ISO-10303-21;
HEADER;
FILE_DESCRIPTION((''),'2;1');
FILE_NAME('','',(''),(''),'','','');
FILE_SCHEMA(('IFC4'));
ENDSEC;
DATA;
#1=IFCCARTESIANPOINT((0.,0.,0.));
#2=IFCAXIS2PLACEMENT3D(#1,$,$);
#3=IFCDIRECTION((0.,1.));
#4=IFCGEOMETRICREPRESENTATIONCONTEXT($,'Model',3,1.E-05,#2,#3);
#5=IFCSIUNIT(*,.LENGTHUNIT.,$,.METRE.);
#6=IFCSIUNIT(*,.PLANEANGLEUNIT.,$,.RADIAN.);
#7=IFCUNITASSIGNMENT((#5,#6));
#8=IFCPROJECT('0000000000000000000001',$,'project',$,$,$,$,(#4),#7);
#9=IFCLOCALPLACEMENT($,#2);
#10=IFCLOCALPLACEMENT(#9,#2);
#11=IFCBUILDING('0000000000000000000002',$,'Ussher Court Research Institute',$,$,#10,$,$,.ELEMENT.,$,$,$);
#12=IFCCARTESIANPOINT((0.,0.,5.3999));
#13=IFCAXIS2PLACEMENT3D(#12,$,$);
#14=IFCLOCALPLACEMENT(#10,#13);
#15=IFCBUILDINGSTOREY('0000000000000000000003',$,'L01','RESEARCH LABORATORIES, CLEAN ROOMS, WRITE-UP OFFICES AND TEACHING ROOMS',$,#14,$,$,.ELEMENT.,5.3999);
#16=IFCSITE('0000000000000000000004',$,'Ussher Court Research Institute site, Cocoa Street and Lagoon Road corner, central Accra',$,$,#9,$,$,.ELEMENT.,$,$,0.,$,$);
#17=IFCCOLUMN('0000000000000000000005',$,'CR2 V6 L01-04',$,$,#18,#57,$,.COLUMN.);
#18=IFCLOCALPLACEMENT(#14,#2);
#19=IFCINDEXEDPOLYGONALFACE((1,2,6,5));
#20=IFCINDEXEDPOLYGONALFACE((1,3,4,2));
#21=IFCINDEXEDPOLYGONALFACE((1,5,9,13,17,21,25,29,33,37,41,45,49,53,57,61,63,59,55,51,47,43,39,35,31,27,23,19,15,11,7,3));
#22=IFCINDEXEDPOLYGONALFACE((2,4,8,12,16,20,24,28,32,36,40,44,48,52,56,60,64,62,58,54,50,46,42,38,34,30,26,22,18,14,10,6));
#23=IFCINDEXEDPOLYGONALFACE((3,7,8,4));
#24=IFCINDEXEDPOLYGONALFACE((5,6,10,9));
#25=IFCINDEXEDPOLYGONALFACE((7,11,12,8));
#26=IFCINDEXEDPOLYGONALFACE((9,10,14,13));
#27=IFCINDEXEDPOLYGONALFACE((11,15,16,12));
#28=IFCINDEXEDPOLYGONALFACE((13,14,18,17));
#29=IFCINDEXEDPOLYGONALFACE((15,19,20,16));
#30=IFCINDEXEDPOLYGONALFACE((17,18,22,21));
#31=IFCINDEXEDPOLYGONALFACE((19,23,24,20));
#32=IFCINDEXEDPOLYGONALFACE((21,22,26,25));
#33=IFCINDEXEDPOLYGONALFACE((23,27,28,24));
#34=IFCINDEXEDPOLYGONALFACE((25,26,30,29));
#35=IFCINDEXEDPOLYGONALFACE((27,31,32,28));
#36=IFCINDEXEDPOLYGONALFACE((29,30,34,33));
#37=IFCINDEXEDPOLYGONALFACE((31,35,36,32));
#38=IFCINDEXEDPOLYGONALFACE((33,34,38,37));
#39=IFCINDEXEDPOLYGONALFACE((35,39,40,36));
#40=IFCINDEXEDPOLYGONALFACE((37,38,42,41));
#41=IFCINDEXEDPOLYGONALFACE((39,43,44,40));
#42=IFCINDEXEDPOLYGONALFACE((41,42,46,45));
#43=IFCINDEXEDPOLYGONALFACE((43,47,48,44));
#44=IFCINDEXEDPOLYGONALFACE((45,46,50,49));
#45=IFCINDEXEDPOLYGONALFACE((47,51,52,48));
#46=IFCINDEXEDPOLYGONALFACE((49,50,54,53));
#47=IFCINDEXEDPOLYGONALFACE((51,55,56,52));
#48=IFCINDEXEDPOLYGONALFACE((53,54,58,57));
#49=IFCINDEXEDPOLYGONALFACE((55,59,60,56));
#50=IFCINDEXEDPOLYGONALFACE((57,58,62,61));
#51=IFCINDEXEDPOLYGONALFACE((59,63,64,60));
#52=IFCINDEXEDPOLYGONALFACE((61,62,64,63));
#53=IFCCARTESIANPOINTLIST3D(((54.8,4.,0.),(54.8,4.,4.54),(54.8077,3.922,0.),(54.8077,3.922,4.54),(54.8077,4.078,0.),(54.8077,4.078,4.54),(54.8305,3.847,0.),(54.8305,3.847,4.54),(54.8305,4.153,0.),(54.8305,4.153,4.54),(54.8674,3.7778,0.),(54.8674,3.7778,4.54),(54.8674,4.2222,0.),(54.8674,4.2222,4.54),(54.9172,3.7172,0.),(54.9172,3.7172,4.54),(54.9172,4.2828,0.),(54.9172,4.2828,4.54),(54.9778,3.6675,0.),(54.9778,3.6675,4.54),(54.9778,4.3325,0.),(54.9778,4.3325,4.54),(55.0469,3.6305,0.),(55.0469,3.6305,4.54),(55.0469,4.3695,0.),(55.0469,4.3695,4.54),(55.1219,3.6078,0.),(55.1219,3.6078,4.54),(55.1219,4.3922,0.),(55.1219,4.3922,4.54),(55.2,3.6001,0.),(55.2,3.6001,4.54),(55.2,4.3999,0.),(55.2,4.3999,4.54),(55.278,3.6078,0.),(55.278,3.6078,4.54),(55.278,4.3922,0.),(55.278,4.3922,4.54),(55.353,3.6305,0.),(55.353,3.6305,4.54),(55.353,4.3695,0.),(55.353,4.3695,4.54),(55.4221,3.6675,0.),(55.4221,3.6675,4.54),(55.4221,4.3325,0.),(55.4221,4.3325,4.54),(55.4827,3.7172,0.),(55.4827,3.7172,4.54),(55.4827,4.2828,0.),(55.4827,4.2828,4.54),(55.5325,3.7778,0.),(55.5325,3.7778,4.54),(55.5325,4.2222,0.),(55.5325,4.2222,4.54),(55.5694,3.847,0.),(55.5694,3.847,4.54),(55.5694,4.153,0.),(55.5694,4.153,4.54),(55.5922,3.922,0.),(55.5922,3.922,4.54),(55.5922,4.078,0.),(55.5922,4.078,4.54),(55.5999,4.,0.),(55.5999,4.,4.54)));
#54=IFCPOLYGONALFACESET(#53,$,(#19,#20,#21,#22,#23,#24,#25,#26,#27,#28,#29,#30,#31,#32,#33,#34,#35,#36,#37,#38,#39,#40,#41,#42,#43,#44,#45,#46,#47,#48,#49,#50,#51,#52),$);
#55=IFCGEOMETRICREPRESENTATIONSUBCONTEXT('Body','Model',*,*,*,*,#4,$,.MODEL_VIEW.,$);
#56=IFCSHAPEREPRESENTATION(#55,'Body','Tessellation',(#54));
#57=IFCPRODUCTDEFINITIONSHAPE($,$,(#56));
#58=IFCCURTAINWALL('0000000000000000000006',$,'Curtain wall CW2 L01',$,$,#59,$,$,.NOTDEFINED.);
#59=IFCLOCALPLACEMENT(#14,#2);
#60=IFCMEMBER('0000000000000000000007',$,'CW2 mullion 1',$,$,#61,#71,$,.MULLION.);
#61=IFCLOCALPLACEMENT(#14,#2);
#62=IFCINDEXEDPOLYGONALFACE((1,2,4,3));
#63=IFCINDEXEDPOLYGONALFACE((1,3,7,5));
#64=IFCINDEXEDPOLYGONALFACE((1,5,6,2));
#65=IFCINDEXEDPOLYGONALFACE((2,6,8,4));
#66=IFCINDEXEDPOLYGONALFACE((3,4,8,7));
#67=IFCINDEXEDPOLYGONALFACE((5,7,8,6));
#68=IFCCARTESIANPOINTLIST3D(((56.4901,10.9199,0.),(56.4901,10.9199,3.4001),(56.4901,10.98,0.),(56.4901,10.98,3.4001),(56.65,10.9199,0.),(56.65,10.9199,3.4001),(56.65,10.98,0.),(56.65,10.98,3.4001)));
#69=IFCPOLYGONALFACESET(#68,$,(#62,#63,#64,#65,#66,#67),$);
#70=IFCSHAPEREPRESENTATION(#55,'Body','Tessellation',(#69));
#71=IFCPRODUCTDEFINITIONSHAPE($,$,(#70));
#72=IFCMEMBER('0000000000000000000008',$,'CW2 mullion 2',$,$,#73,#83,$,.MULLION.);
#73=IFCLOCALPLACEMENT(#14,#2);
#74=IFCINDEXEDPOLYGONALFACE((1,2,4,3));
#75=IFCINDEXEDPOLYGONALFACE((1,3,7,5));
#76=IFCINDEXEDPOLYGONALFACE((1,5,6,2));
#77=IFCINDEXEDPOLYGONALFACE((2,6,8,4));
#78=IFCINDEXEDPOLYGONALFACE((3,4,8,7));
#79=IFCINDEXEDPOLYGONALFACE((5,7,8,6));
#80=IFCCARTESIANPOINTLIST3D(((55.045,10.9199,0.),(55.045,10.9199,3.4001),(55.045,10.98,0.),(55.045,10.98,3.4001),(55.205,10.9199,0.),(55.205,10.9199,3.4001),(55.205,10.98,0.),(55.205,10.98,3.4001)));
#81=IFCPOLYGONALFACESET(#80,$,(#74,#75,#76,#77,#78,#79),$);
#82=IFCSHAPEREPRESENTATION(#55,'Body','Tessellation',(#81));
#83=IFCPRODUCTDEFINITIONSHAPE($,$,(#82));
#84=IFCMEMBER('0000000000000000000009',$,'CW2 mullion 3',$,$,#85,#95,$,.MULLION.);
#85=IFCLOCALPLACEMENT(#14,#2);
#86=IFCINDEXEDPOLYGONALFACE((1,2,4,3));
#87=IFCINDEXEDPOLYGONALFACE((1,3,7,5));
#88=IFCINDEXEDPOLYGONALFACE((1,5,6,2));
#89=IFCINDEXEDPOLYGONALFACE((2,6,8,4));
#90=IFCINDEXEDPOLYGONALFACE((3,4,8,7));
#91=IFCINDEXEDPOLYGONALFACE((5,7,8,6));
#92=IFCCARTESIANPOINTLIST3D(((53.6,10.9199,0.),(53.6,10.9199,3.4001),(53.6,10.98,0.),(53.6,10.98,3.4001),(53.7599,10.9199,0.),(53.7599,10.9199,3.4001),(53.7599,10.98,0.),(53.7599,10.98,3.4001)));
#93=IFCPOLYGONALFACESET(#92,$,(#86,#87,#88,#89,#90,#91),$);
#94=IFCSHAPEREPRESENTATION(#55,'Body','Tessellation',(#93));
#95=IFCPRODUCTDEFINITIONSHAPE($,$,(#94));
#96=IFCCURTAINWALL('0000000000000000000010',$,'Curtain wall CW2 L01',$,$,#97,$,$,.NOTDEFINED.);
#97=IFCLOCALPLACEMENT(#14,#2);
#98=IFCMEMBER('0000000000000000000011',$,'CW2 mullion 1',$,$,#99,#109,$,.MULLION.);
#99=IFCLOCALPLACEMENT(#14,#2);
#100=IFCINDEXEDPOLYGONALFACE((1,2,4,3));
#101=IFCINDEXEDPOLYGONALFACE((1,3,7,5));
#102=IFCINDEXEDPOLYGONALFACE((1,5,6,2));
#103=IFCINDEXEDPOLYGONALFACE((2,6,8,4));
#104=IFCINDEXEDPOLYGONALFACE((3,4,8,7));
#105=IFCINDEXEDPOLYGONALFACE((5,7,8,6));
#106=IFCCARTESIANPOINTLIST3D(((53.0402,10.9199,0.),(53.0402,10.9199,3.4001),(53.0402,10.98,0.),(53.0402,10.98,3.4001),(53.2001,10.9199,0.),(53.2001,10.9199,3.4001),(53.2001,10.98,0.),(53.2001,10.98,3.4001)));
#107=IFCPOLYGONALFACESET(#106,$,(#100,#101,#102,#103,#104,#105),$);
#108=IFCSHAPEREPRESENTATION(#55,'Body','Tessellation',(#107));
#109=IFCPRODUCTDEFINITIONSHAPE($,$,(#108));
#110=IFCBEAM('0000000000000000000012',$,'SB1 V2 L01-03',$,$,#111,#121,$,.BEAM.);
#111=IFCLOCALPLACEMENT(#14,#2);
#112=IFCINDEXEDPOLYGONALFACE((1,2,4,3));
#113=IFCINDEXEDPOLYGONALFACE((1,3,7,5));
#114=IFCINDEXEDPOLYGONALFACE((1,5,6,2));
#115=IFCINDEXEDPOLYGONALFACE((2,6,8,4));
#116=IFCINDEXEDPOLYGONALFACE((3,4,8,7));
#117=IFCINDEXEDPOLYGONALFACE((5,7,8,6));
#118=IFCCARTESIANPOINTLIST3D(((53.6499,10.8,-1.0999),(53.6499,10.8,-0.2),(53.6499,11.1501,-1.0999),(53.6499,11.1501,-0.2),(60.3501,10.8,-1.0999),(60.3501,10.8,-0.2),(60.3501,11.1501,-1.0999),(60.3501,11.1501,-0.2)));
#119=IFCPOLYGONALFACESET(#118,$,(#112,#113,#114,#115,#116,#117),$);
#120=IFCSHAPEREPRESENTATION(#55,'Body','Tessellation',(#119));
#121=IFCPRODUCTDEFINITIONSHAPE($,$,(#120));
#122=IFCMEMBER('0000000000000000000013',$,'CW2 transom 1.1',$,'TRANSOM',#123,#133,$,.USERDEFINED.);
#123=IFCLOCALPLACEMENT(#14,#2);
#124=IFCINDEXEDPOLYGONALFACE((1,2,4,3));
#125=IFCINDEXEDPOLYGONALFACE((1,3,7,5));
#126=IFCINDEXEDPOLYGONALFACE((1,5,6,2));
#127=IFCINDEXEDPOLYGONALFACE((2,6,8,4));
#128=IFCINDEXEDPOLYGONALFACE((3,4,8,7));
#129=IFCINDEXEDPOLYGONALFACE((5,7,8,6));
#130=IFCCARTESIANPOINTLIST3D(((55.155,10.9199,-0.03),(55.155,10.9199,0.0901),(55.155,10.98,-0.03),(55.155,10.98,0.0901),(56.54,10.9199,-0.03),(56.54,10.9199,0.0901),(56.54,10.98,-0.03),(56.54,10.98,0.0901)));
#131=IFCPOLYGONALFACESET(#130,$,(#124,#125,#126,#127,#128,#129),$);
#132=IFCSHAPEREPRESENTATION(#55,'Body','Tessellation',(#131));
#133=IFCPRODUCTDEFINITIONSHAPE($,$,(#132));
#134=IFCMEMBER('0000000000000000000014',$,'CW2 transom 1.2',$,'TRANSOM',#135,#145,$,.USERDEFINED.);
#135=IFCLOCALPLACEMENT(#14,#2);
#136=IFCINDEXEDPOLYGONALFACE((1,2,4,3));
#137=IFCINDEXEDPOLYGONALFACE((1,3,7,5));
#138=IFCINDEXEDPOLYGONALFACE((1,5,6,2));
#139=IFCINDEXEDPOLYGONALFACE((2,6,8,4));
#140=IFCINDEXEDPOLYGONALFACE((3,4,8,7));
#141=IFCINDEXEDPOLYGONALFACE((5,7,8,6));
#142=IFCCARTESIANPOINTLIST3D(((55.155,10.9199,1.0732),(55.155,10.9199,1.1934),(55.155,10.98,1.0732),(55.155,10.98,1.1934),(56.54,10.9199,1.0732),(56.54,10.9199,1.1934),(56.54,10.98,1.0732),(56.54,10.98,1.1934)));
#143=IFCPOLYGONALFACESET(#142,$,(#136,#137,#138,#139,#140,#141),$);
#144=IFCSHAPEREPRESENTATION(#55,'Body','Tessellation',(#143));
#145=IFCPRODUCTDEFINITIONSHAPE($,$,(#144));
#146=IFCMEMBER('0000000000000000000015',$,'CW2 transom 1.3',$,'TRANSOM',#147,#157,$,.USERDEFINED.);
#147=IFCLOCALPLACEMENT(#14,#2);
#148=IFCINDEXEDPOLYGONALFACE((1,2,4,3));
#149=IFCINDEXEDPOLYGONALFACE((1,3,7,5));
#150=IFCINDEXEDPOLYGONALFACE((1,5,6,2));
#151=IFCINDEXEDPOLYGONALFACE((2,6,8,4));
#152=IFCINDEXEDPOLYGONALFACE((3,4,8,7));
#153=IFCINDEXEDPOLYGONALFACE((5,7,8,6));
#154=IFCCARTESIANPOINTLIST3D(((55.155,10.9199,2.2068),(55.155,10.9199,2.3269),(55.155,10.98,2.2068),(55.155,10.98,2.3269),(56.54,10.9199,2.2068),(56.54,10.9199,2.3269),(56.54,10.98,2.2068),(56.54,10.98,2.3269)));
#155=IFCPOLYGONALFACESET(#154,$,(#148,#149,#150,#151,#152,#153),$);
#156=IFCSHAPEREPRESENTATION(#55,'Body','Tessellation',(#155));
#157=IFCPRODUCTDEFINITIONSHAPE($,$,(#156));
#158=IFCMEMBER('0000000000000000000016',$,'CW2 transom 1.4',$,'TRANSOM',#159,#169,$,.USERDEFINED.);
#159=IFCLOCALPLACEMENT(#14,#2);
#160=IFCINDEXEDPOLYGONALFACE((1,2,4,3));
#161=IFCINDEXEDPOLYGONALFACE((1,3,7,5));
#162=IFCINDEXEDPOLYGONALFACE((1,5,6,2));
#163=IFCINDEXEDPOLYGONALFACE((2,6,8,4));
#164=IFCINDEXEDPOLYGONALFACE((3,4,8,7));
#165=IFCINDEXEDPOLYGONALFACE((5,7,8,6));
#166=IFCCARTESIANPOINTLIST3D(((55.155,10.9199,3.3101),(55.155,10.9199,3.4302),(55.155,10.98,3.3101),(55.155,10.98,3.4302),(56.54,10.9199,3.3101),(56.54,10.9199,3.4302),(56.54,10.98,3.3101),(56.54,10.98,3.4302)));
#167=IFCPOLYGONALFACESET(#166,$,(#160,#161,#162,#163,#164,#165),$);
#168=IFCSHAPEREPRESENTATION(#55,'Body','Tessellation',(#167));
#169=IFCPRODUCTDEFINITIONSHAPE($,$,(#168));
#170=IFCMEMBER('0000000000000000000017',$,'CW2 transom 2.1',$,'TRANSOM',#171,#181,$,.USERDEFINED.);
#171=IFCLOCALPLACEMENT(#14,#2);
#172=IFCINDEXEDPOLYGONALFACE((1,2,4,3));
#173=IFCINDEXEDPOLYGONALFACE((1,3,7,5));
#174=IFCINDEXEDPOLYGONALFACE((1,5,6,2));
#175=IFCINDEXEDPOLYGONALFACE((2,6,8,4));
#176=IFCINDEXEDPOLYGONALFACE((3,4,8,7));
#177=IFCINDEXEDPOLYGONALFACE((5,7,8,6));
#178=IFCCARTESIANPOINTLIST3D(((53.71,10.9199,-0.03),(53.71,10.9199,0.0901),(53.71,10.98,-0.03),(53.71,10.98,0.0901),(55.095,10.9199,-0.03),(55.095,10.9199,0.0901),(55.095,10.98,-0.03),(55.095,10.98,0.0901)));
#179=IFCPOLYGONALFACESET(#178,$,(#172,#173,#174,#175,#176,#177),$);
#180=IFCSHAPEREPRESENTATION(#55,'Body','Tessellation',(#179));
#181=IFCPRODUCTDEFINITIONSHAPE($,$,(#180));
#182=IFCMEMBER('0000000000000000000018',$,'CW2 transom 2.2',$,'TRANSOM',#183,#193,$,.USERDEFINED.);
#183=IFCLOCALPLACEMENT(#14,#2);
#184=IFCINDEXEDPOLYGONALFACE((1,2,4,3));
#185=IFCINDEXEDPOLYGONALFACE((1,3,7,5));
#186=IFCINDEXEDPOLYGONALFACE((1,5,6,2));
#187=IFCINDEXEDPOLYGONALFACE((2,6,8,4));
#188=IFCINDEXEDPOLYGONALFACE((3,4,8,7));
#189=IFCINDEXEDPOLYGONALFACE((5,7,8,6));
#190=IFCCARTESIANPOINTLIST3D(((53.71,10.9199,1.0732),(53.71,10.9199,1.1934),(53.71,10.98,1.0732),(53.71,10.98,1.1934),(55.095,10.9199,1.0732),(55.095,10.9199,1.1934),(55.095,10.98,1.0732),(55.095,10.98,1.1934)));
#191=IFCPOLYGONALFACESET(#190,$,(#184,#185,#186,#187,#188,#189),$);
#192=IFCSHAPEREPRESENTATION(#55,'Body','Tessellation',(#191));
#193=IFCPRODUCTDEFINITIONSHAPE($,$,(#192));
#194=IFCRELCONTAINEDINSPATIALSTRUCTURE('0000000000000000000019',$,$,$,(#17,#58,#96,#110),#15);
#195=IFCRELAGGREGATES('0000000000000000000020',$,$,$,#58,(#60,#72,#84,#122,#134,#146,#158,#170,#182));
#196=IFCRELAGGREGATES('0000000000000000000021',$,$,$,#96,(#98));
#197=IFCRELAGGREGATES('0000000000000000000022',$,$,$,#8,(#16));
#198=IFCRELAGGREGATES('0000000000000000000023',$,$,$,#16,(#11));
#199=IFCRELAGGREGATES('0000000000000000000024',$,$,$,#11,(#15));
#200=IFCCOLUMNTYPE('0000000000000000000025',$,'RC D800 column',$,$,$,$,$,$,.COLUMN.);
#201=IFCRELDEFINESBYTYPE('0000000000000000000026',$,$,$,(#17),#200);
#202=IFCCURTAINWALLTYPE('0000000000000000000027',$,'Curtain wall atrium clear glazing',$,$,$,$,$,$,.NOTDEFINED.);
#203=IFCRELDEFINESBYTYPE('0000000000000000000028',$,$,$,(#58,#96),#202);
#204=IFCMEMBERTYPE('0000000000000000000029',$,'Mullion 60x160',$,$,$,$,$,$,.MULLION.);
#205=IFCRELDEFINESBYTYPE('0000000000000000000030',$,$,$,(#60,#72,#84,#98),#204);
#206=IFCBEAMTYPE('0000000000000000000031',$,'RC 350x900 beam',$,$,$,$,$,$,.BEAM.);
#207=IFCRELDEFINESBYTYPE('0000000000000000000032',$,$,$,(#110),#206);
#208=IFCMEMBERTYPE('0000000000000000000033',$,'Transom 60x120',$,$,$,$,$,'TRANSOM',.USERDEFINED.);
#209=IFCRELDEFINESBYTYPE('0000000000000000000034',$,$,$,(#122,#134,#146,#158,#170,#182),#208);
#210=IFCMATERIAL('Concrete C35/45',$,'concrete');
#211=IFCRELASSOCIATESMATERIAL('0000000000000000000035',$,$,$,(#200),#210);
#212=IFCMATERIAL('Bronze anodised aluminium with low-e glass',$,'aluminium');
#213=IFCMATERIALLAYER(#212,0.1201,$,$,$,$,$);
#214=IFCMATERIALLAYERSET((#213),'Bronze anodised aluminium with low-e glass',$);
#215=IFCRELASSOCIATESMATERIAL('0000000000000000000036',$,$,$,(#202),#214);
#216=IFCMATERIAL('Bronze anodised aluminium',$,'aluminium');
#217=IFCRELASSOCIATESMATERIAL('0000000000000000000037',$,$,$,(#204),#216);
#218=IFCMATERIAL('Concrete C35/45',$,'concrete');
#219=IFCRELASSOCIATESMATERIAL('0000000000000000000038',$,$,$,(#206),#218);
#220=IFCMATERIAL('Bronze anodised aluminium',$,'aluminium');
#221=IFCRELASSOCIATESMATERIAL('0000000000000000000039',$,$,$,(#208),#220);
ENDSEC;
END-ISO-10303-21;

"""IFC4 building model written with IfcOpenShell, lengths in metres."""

from ifc_helpers import new_model, si_unit, direction, frame, origin, origin_2d, place, context, subcontext, project, spatial, rectangle, circle, extrude, material, layer, layer_set, material_profile, profile_set, type_object, element, aggregate, save


model = new_model("IFC4")

# Units and contexts
model_context = context("Model", 3, precision=1e-05, world=origin(), true_north=direction((0.0, 1.0)))
body_context = subcontext(model_context, "Body", "Model", "MODEL_VIEW")
ifc_project = project(units=[si_unit("LENGTHUNIT", "METRE"), si_unit("PLANEANGLEUNIT", "RADIAN")], contexts=[model_context])

# Site, building, storey
site_placement = place(None, origin())
site = spatial("IfcSite", under=ifc_project, at=site_placement, Name="Ussher Court Research Institute site, Cocoa Street and Lagoon Road corner, central Accra", CompositionType="ELEMENT", RefElevation=0.0)
building_placement = place(site_placement, origin())
building = spatial("IfcBuilding", under=site, at=building_placement, Name="Ussher Court Research Institute", CompositionType="ELEMENT")
storey_placement = place(building_placement, frame((0.0, 0.0, 5.3999)))
storey = spatial("IfcBuildingStorey", under=building, at=storey_placement, Name="L01", Description="RESEARCH LABORATORIES, CLEAN ROOMS, WRITE-UP OFFICES AND TEACHING ROOMS", CompositionType="ELEMENT", Elevation=5.3999)

# Column
ifc_material_1 = material(Name="Concrete C35/45", Category="concrete")
ifc_material_profile_1 = material_profile(ifc_material_1, circle(Radius=0.3999, at=origin_2d()), Name="RC D800")
ifc_profile_set_1 = profile_set([ifc_material_profile_1], Name="Concrete C35/45")
column_type = type_object("IfcColumnType", Name="RC D800 column", PredefinedType="COLUMN", material=ifc_profile_set_1)
column_placement = place(storey_placement, frame((55.2, 4.0, 0.0), z_axis=(0.0, 0.0, 1.0), x_axis=(1.0, 0.0, 0.0)))
element("IfcColumn", 1, at=column_placement, inside=storey, type_object=column_type, Name="CR2 V6 L01-04", PredefinedType="COLUMN", context=body_context, shape_type="SweptSolid", body=[
    extrude(circle(Radius=0.3999, at=origin_2d()), origin(), (0.0, 0.0, 1.0), 4.54),
])

# Curtain wall, members
ifc_material_2 = material(Name="Bronze anodised aluminium with low-e glass", Category="aluminium")
ifc_layer_1 = layer(ifc_material_2, 0.1201)
ifc_layer_set_1 = layer_set([ifc_layer_1], Name="Bronze anodised aluminium with low-e glass")
curtain_wall_type = type_object("IfcCurtainWallType", Name="Curtain wall atrium clear glazing", PredefinedType="NOTDEFINED", material=ifc_layer_set_1)
curtain_wall_1_placement = place(storey_placement, origin())
curtain_wall_1 = element("IfcCurtainWall", 2, at=curtain_wall_1_placement, inside=storey, type_object=curtain_wall_type, Name="Curtain wall CW2 L01", PredefinedType="NOTDEFINED")
ifc_material_3 = material(Name="Bronze anodised aluminium", Category="aluminium")
ifc_material_profile_2 = material_profile(ifc_material_3, rectangle(XDim=0.0601, YDim=0.1599, at=origin_2d()), Name="Mullion 60x160")
ifc_profile_set_2 = profile_set([ifc_material_profile_2], Name="Bronze anodised aluminium")
member_type_1 = type_object("IfcMemberType", Name="Mullion 60x160", PredefinedType="MULLION", material=ifc_profile_set_2)
member_1_placement = place(storey_placement, frame((56.5701, 10.95, 0.0), z_axis=(0.0, 0.0, 1.0), x_axis=(0.0, -1.0, 0.0)))
member_1 = element("IfcMember", 3, at=member_1_placement, type_object=member_type_1, Name="CW2 mullion 1", PredefinedType="MULLION", context=body_context, shape_type="SweptSolid", body=[
    extrude(rectangle(XDim=0.0601, YDim=0.1599, at=origin_2d()), origin(), (0.0, 0.0, 1.0), 3.4001),
])
member_2_placement = place(storey_placement, frame((55.125, 10.95, 0.0), z_axis=(0.0, 0.0, 1.0), x_axis=(0.0, -1.0, 0.0)))
member_2 = element("IfcMember", 4, at=member_2_placement, type_object=member_type_1, Name="CW2 mullion 2", PredefinedType="MULLION", context=body_context, shape_type="SweptSolid", body=[
    extrude(rectangle(XDim=0.0601, YDim=0.1599, at=origin_2d()), origin(), (0.0, 0.0, 1.0), 3.4001),
])
member_3_placement = place(storey_placement, frame((53.6799, 10.95, 0.0), z_axis=(0.0, 0.0, 1.0), x_axis=(0.0, -1.0, 0.0)))
member_3 = element("IfcMember", 5, at=member_3_placement, type_object=member_type_1, Name="CW2 mullion 3", PredefinedType="MULLION", context=body_context, shape_type="SweptSolid", body=[
    extrude(rectangle(XDim=0.0601, YDim=0.1599, at=origin_2d()), origin(), (0.0, 0.0, 1.0), 3.4001),
])

# Curtain wall, member
curtain_wall_2_placement = place(storey_placement, origin())
curtain_wall_2 = element("IfcCurtainWall", 6, at=curtain_wall_2_placement, inside=storey, type_object=curtain_wall_type, Name="Curtain wall CW2 L01", PredefinedType="NOTDEFINED")
member_4_placement = place(storey_placement, frame((53.1201, 10.95, 0.0), z_axis=(0.0, 0.0, 1.0), x_axis=(0.0, -1.0, 0.0)))
member_4 = element("IfcMember", 7, at=member_4_placement, type_object=member_type_1, Name="CW2 mullion 1", PredefinedType="MULLION", context=body_context, shape_type="SweptSolid", body=[
    extrude(rectangle(XDim=0.0601, YDim=0.1599, at=origin_2d()), origin(), (0.0, 0.0, 1.0), 3.4001),
])

# Beam
ifc_material_4 = material(Name="Concrete C35/45", Category="concrete")
ifc_material_profile_3 = material_profile(ifc_material_4, rectangle(XDim=0.3501, YDim=0.8999, at=origin_2d()), Name="RC 350x900")
ifc_profile_set_3 = profile_set([ifc_material_profile_3], Name="Concrete C35/45")
beam_type = type_object("IfcBeamType", Name="RC 350x900 beam", PredefinedType="BEAM", material=ifc_profile_set_3)
beam_placement = place(storey_placement, frame((53.6499, 10.9751, -0.6499), z_axis=(1.0, 0.0, 0.0), x_axis=(0.0, 1.0, 0.0)))
element("IfcBeam", 8, at=beam_placement, inside=storey, type_object=beam_type, Name="SB1 V2 L01-03", PredefinedType="BEAM", context=body_context, shape_type="SweptSolid", body=[
    extrude(rectangle(XDim=0.3501, YDim=0.8999, at=origin_2d()), origin(), (0.0, 0.0, 1.0), 6.7002),
])

# Members
ifc_material_5 = material(Name="Bronze anodised aluminium", Category="aluminium")
ifc_material_profile_4 = material_profile(ifc_material_5, rectangle(XDim=0.0601, YDim=0.1201, at=origin_2d()), Name="Transom 60x120")
ifc_profile_set_4 = profile_set([ifc_material_profile_4], Name="Bronze anodised aluminium")
member_type_2 = type_object("IfcMemberType", Name="Transom 60x120", ElementType="TRANSOM", PredefinedType="USERDEFINED", material=ifc_profile_set_4)
member_5_placement = place(storey_placement, frame((56.54, 10.95, 0.03), z_axis=(-1.0, 0.0, 0.0), x_axis=(0.0, -1.0, 0.0)))
member_5 = element("IfcMember", 9, at=member_5_placement, type_object=member_type_2, Name="CW2 transom 1.1", ObjectType="TRANSOM", PredefinedType="USERDEFINED", context=body_context, shape_type="SweptSolid", body=[
    extrude(rectangle(XDim=0.0601, YDim=0.1201, at=origin_2d()), origin(), (0.0, 0.0, 1.0), 1.385),
])
member_6_placement = place(storey_placement, frame((56.54, 10.95, 1.1333), z_axis=(-1.0, 0.0, 0.0), x_axis=(0.0, -1.0, 0.0)))
member_6 = element("IfcMember", 10, at=member_6_placement, type_object=member_type_2, Name="CW2 transom 1.2", ObjectType="TRANSOM", PredefinedType="USERDEFINED", context=body_context, shape_type="SweptSolid", body=[
    extrude(rectangle(XDim=0.0601, YDim=0.1201, at=origin_2d()), origin(), (0.0, 0.0, 1.0), 1.385),
])
member_7_placement = place(storey_placement, frame((56.54, 10.95, 2.2668), z_axis=(-1.0, 0.0, 0.0), x_axis=(0.0, -1.0, 0.0)))
member_7 = element("IfcMember", 11, at=member_7_placement, type_object=member_type_2, Name="CW2 transom 1.3", ObjectType="TRANSOM", PredefinedType="USERDEFINED", context=body_context, shape_type="SweptSolid", body=[
    extrude(rectangle(XDim=0.0601, YDim=0.1201, at=origin_2d()), origin(), (0.0, 0.0, 1.0), 1.385),
])
member_8_placement = place(storey_placement, frame((56.54, 10.95, 3.3701), z_axis=(-1.0, 0.0, 0.0), x_axis=(0.0, -1.0, 0.0)))
member_8 = element("IfcMember", 12, at=member_8_placement, type_object=member_type_2, Name="CW2 transom 1.4", ObjectType="TRANSOM", PredefinedType="USERDEFINED", context=body_context, shape_type="SweptSolid", body=[
    extrude(rectangle(XDim=0.0601, YDim=0.1201, at=origin_2d()), origin(), (0.0, 0.0, 1.0), 1.385),
])
member_9_placement = place(storey_placement, frame((55.095, 10.95, 0.03), z_axis=(-1.0, 0.0, 0.0), x_axis=(0.0, -1.0, 0.0)))
member_9 = element("IfcMember", 13, at=member_9_placement, type_object=member_type_2, Name="CW2 transom 2.1", ObjectType="TRANSOM", PredefinedType="USERDEFINED", context=body_context, shape_type="SweptSolid", body=[
    extrude(rectangle(XDim=0.0601, YDim=0.1201, at=origin_2d()), origin(), (0.0, 0.0, 1.0), 1.385),
])
member_10_placement = place(storey_placement, frame((55.095, 10.95, 1.1333), z_axis=(-1.0, 0.0, 0.0), x_axis=(0.0, -1.0, 0.0)))
member_10 = element("IfcMember", 14, at=member_10_placement, type_object=member_type_2, Name="CW2 transom 2.2", ObjectType="TRANSOM", PredefinedType="USERDEFINED", context=body_context, shape_type="SweptSolid", body=[
    extrude(rectangle(XDim=0.0601, YDim=0.1201, at=origin_2d()), origin(), (0.0, 0.0, 1.0), 1.385),
])

aggregate(curtain_wall_1, [member_1, member_2, member_3, member_5, member_6, member_7, member_8, member_9, member_10])
aggregate(curtain_wall_2, [member_4])

save(model, "model.ifc")
